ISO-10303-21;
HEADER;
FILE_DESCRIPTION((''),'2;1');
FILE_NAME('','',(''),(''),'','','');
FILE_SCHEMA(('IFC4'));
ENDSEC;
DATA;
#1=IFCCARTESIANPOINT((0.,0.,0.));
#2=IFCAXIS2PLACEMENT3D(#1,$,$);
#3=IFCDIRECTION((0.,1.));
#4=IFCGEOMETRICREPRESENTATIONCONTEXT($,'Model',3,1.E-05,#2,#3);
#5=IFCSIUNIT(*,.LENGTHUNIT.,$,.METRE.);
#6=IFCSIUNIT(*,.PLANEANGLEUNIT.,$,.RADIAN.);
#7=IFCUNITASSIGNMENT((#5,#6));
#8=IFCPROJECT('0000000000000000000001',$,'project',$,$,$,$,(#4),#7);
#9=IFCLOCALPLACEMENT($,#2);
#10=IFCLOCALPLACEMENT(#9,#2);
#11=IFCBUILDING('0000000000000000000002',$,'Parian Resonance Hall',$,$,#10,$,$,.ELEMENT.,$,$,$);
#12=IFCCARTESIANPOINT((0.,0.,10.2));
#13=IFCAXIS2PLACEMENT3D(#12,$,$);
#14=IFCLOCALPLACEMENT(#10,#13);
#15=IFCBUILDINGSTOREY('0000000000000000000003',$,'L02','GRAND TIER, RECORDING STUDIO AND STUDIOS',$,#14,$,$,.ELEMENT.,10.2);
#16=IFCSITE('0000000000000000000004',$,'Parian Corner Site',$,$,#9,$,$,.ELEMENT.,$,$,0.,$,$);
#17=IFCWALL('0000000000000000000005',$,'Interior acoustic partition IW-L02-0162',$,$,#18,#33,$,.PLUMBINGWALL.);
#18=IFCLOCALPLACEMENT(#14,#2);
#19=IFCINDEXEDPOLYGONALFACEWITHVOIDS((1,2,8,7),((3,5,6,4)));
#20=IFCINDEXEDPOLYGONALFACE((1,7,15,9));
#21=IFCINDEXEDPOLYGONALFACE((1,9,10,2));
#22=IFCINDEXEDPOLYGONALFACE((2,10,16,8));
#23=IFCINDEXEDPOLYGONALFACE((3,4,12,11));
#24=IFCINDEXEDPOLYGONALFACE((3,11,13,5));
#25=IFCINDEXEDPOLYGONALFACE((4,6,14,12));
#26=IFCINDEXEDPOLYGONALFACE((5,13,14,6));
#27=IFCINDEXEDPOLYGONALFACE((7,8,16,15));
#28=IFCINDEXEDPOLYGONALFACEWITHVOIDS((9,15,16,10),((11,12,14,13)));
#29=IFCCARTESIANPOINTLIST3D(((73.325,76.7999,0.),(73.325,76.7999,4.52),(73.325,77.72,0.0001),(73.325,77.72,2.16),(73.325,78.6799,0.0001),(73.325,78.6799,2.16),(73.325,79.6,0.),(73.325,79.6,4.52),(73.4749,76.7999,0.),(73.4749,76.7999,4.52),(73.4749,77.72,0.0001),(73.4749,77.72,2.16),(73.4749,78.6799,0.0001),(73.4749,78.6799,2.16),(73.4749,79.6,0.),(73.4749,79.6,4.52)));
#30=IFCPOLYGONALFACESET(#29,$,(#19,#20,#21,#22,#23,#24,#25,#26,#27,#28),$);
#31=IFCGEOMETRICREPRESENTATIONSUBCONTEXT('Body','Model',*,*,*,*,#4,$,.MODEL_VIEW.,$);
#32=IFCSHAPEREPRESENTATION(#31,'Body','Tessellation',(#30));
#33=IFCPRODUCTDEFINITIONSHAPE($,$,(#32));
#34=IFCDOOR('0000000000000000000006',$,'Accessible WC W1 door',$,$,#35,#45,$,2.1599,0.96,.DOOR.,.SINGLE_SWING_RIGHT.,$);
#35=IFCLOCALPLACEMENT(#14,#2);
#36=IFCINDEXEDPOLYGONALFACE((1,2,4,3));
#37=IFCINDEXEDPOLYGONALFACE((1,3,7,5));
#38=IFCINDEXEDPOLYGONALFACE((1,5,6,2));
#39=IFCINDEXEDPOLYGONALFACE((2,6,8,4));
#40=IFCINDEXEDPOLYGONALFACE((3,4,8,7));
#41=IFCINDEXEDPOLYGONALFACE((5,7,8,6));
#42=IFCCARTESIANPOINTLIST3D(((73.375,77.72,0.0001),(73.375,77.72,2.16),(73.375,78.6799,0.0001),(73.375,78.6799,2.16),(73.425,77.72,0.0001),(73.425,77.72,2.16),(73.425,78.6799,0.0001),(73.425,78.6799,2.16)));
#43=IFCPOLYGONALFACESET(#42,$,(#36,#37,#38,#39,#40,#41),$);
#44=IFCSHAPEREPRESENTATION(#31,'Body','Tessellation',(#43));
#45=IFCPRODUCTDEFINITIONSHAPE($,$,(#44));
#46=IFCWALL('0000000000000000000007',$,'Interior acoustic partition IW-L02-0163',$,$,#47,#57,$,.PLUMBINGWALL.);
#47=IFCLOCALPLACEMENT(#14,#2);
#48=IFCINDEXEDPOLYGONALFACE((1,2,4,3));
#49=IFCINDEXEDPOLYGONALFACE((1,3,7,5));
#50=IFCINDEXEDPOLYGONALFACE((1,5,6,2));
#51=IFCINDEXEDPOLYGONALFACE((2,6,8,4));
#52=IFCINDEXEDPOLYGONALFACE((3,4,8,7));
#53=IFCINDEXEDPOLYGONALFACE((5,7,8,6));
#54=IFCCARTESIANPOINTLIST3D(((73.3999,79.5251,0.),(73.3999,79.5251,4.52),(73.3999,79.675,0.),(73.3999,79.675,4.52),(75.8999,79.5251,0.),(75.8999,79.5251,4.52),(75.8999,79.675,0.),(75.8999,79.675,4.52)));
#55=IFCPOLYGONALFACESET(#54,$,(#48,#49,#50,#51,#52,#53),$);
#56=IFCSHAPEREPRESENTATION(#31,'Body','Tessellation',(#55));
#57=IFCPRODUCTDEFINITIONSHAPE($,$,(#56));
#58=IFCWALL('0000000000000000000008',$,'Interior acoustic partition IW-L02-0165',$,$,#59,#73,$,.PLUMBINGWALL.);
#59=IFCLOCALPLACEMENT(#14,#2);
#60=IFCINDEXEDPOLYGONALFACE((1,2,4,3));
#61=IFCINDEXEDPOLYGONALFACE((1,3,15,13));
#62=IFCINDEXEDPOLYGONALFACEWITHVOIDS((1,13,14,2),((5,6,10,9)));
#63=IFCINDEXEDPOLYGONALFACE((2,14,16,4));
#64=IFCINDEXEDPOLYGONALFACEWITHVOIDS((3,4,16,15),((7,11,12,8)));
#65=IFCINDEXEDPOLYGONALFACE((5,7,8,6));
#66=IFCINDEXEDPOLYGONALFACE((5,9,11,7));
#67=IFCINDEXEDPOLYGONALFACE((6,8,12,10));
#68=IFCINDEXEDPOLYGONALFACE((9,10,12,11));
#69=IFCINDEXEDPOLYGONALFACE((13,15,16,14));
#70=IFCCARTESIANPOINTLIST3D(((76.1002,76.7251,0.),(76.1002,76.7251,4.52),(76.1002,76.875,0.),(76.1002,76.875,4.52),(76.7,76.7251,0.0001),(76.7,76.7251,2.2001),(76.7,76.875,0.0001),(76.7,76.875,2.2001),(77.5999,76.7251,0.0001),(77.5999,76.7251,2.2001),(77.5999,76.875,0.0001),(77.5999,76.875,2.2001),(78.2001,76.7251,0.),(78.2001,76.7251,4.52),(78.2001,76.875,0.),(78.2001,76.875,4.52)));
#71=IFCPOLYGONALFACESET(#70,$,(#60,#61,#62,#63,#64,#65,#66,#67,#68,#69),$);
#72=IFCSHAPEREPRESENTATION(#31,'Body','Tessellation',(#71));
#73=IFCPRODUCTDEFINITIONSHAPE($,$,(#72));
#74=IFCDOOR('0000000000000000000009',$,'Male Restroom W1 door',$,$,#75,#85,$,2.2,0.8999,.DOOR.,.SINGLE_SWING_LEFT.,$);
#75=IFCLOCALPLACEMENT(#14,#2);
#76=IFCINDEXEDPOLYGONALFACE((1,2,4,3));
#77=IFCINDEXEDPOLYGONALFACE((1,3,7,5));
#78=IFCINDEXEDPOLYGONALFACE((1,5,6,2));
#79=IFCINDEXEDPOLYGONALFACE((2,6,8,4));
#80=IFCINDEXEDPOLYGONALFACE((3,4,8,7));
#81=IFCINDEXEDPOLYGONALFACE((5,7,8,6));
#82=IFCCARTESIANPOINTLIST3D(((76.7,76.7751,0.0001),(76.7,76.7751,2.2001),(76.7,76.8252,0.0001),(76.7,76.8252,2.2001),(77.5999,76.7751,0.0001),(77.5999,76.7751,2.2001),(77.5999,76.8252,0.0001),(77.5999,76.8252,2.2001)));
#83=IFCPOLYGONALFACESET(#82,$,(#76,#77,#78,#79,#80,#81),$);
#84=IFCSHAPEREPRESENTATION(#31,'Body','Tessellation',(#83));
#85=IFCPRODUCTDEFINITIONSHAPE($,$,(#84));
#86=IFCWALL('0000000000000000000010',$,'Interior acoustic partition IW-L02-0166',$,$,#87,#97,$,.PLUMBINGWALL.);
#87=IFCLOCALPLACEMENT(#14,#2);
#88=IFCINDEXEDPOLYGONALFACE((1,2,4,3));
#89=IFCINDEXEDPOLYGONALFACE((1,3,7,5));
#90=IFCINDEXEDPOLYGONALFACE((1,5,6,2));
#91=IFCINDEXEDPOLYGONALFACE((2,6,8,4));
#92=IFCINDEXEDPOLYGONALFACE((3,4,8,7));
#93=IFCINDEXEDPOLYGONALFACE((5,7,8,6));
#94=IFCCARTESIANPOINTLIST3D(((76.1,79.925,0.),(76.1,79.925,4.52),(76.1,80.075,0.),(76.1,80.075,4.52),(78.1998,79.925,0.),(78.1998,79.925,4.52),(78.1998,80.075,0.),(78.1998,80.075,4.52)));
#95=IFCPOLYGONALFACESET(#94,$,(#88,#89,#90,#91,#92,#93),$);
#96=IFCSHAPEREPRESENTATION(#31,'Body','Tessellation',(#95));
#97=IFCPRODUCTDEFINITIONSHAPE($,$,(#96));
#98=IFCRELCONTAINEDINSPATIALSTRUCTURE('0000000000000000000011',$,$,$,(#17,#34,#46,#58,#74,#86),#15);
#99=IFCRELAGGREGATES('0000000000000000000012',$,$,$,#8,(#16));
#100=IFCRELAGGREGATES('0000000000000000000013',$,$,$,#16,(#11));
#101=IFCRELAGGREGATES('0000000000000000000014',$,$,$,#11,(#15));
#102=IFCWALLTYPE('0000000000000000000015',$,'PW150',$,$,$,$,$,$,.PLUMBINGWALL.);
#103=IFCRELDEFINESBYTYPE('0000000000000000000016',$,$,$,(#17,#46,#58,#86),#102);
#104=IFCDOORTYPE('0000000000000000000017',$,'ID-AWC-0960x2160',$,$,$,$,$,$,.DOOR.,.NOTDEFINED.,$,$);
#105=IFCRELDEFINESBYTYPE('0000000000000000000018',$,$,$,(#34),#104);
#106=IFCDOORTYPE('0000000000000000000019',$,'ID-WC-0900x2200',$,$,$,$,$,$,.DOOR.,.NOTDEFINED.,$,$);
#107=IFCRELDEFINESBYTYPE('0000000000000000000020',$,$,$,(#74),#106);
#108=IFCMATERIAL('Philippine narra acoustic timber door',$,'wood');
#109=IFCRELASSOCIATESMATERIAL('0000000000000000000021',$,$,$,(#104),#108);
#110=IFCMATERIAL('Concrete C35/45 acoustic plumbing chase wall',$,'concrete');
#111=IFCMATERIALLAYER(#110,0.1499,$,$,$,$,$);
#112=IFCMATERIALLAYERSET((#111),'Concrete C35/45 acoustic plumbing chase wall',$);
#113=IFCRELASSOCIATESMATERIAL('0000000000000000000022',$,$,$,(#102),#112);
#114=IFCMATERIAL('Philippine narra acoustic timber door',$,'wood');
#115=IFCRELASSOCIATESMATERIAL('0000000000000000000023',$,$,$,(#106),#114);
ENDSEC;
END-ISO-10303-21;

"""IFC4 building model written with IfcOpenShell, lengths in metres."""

from ifc_helpers import new_model, si_unit, direction, frame, frame_2d, origin, place, context, subcontext, project, spatial, rectangle, extrude, material, layer, layer_set, type_object, element, fill, save


model = new_model("IFC4")

# Units and contexts
model_context = context("Model", 3, precision=1e-05, world=origin(), true_north=direction((0.0, 1.0)))
body_context = subcontext(model_context, "Body", "Model", "MODEL_VIEW")
ifc_project = project(units=[si_unit("LENGTHUNIT", "METRE"), si_unit("PLANEANGLEUNIT", "RADIAN")], contexts=[model_context])

# Site, building, storey
site_placement = place(None, origin())
site = spatial("IfcSite", under=ifc_project, at=site_placement, Name="Parian Corner Site", CompositionType="ELEMENT", RefElevation=0.0)
building_placement = place(site_placement, origin())
building = spatial("IfcBuilding", under=site, at=building_placement, Name="Parian Resonance Hall", CompositionType="ELEMENT")
storey_placement = place(building_placement, frame((0.0, 0.0, 10.2)))
storey = spatial("IfcBuildingStorey", under=building, at=storey_placement, Name="L02", Description="GRAND TIER, RECORDING STUDIO AND STUDIOS", CompositionType="ELEMENT", Elevation=10.2)

# Shared definitions
ifc_material_1 = material(Name="Philippine narra acoustic timber door", Category="wood")
door_type_1 = type_object("IfcDoorType", Name="ID-AWC-0960x2160", OperationType="NOTDEFINED", PredefinedType="DOOR", material=ifc_material_1)

# Shared definitions
ifc_material_2 = material(Name="Concrete C35/45 acoustic plumbing chase wall", Category="concrete")
ifc_layer_1 = layer(ifc_material_2, 0.1499)
ifc_layer_set_1 = layer_set([ifc_layer_1], Name="Concrete C35/45 acoustic plumbing chase wall")
wall_type_1 = type_object("IfcWallType", Name="PW150", PredefinedType="PLUMBINGWALL", material=ifc_layer_set_1)

# Wall, opening, door
wall_1_placement = place(storey_placement, frame((73.3999, 76.8, 0.0), z_axis=(0.0, 0.0, 1.0), x_axis=(0.0, 1.0, 0.0)))
wall_1 = element("IfcWall", 1, at=wall_1_placement, inside=storey, type_object=wall_type_1, Name="Interior acoustic partition IW-L02-0162", PredefinedType="PLUMBINGWALL", context=body_context, shape_type="SweptSolid", body=[
    extrude(rectangle(XDim=2.8, YDim=0.1499, at=frame_2d((1.3999, 0.0))), origin(), (0.0, 0.0, 1.0), 4.52),
])
opening_1_placement = place(wall_1_placement, frame((0.9199, 0.0, 0.0)))
opening_1 = element("IfcOpeningElement", 2, at=opening_1_placement, cuts=wall_1, PredefinedType="OPENING", context=body_context, shape_type="SweptSolid", body=[
    extrude(rectangle(XDim=0.96, YDim=2.1599, at=frame_2d((0.48, 1.0801))), frame((0.0, 0.085, 0.0), z_axis=(0.0, -1.0, 0.0), x_axis=(1.0, 0.0, 0.0)), (0.0, 0.0, 1.0), 0.1699),
])
door_1_placement = place(opening_1_placement, origin())
door_1 = element("IfcDoor", 3, at=door_1_placement, inside=storey, type_object=door_type_1, Name="Accessible WC W1 door", OperationType="SINGLE_SWING_RIGHT", OverallHeight=2.1599, OverallWidth=0.96, PredefinedType="DOOR", context=body_context, shape_type="SweptSolid", body=[
    extrude(rectangle(XDim=0.96, YDim=2.1599, at=frame_2d((0.48, 1.0801))), frame((0.0, 0.0249, 0.0), z_axis=(0.0, -1.0, 0.0), x_axis=(1.0, 0.0, 0.0)), (0.0, 0.0, 1.0), 0.05),
])
fill(opening_1, door_1)

# Wall
wall_2_placement = place(storey_placement, frame((73.3999, 79.6001, 0.0), z_axis=(0.0, 0.0, 1.0), x_axis=(1.0, 0.0, 0.0)))
element("IfcWall", 4, at=wall_2_placement, inside=storey, type_object=wall_type_1, Name="Interior acoustic partition IW-L02-0163", PredefinedType="PLUMBINGWALL", context=body_context, shape_type="SweptSolid", body=[
    extrude(rectangle(XDim=2.5, YDim=0.1499, at=frame_2d((1.25, 0.0))), origin(), (0.0, 0.0, 1.0), 4.52),
])

# Wall, opening, door
wall_3_placement = place(storey_placement, frame((78.2, 76.8, 0.0), z_axis=(0.0, 0.0, 1.0), x_axis=(-1.0, 0.0, 0.0)))
wall_3 = element("IfcWall", 5, at=wall_3_placement, inside=storey, type_object=wall_type_1, Name="Interior acoustic partition IW-L02-0165", PredefinedType="PLUMBINGWALL", context=body_context, shape_type="SweptSolid", body=[
    extrude(rectangle(XDim=2.0999, YDim=0.1499, at=frame_2d((1.0498, 0.0))), origin(), (0.0, 0.0, 1.0), 4.52),
])
opening_2_placement = place(wall_3_placement, frame((0.6001, 0.0, 0.0)))
opening_2 = element("IfcOpeningElement", 6, at=opening_2_placement, cuts=wall_3, PredefinedType="OPENING", context=body_context, shape_type="SweptSolid", body=[
    extrude(rectangle(XDim=0.8999, YDim=2.2, at=frame_2d((0.45, 1.1001))), frame((0.0, 0.085, 0.0), z_axis=(0.0, -1.0, 0.0), x_axis=(1.0, 0.0, 0.0)), (0.0, 0.0, 1.0), 0.1699),
])
ifc_material_3 = material(Name="Philippine narra acoustic timber door", Category="wood")
door_type_2 = type_object("IfcDoorType", Name="ID-WC-0900x2200", OperationType="NOTDEFINED", PredefinedType="DOOR", material=ifc_material_3)
door_2_placement = place(opening_2_placement, origin())
door_2 = element("IfcDoor", 7, at=door_2_placement, inside=storey, type_object=door_type_2, Name="Male Restroom W1 door", OperationType="SINGLE_SWING_LEFT", OverallHeight=2.2, OverallWidth=0.8999, PredefinedType="DOOR", context=body_context, shape_type="SweptSolid", body=[
    extrude(rectangle(XDim=0.8999, YDim=2.2, at=frame_2d((0.45, 1.1001))), frame((0.0, 0.0249, 0.0), z_axis=(0.0, -1.0, 0.0), x_axis=(1.0, 0.0, 0.0)), (0.0, 0.0, 1.0), 0.05),
])
fill(opening_2, door_2)

# Wall
wall_4_placement = place(storey_placement, frame((76.1001, 80.0, 0.0), z_axis=(0.0, 0.0, 1.0), x_axis=(1.0, 0.0, 0.0)))
element("IfcWall", 8, at=wall_4_placement, inside=storey, type_object=wall_type_1, Name="Interior acoustic partition IW-L02-0166", PredefinedType="PLUMBINGWALL", context=body_context, shape_type="SweptSolid", body=[
    extrude(rectangle(XDim=2.0999, YDim=0.1499, at=frame_2d((1.0498, 0.0))), origin(), (0.0, 0.0, 1.0), 4.52),
])

save(model, "model.ifc")
